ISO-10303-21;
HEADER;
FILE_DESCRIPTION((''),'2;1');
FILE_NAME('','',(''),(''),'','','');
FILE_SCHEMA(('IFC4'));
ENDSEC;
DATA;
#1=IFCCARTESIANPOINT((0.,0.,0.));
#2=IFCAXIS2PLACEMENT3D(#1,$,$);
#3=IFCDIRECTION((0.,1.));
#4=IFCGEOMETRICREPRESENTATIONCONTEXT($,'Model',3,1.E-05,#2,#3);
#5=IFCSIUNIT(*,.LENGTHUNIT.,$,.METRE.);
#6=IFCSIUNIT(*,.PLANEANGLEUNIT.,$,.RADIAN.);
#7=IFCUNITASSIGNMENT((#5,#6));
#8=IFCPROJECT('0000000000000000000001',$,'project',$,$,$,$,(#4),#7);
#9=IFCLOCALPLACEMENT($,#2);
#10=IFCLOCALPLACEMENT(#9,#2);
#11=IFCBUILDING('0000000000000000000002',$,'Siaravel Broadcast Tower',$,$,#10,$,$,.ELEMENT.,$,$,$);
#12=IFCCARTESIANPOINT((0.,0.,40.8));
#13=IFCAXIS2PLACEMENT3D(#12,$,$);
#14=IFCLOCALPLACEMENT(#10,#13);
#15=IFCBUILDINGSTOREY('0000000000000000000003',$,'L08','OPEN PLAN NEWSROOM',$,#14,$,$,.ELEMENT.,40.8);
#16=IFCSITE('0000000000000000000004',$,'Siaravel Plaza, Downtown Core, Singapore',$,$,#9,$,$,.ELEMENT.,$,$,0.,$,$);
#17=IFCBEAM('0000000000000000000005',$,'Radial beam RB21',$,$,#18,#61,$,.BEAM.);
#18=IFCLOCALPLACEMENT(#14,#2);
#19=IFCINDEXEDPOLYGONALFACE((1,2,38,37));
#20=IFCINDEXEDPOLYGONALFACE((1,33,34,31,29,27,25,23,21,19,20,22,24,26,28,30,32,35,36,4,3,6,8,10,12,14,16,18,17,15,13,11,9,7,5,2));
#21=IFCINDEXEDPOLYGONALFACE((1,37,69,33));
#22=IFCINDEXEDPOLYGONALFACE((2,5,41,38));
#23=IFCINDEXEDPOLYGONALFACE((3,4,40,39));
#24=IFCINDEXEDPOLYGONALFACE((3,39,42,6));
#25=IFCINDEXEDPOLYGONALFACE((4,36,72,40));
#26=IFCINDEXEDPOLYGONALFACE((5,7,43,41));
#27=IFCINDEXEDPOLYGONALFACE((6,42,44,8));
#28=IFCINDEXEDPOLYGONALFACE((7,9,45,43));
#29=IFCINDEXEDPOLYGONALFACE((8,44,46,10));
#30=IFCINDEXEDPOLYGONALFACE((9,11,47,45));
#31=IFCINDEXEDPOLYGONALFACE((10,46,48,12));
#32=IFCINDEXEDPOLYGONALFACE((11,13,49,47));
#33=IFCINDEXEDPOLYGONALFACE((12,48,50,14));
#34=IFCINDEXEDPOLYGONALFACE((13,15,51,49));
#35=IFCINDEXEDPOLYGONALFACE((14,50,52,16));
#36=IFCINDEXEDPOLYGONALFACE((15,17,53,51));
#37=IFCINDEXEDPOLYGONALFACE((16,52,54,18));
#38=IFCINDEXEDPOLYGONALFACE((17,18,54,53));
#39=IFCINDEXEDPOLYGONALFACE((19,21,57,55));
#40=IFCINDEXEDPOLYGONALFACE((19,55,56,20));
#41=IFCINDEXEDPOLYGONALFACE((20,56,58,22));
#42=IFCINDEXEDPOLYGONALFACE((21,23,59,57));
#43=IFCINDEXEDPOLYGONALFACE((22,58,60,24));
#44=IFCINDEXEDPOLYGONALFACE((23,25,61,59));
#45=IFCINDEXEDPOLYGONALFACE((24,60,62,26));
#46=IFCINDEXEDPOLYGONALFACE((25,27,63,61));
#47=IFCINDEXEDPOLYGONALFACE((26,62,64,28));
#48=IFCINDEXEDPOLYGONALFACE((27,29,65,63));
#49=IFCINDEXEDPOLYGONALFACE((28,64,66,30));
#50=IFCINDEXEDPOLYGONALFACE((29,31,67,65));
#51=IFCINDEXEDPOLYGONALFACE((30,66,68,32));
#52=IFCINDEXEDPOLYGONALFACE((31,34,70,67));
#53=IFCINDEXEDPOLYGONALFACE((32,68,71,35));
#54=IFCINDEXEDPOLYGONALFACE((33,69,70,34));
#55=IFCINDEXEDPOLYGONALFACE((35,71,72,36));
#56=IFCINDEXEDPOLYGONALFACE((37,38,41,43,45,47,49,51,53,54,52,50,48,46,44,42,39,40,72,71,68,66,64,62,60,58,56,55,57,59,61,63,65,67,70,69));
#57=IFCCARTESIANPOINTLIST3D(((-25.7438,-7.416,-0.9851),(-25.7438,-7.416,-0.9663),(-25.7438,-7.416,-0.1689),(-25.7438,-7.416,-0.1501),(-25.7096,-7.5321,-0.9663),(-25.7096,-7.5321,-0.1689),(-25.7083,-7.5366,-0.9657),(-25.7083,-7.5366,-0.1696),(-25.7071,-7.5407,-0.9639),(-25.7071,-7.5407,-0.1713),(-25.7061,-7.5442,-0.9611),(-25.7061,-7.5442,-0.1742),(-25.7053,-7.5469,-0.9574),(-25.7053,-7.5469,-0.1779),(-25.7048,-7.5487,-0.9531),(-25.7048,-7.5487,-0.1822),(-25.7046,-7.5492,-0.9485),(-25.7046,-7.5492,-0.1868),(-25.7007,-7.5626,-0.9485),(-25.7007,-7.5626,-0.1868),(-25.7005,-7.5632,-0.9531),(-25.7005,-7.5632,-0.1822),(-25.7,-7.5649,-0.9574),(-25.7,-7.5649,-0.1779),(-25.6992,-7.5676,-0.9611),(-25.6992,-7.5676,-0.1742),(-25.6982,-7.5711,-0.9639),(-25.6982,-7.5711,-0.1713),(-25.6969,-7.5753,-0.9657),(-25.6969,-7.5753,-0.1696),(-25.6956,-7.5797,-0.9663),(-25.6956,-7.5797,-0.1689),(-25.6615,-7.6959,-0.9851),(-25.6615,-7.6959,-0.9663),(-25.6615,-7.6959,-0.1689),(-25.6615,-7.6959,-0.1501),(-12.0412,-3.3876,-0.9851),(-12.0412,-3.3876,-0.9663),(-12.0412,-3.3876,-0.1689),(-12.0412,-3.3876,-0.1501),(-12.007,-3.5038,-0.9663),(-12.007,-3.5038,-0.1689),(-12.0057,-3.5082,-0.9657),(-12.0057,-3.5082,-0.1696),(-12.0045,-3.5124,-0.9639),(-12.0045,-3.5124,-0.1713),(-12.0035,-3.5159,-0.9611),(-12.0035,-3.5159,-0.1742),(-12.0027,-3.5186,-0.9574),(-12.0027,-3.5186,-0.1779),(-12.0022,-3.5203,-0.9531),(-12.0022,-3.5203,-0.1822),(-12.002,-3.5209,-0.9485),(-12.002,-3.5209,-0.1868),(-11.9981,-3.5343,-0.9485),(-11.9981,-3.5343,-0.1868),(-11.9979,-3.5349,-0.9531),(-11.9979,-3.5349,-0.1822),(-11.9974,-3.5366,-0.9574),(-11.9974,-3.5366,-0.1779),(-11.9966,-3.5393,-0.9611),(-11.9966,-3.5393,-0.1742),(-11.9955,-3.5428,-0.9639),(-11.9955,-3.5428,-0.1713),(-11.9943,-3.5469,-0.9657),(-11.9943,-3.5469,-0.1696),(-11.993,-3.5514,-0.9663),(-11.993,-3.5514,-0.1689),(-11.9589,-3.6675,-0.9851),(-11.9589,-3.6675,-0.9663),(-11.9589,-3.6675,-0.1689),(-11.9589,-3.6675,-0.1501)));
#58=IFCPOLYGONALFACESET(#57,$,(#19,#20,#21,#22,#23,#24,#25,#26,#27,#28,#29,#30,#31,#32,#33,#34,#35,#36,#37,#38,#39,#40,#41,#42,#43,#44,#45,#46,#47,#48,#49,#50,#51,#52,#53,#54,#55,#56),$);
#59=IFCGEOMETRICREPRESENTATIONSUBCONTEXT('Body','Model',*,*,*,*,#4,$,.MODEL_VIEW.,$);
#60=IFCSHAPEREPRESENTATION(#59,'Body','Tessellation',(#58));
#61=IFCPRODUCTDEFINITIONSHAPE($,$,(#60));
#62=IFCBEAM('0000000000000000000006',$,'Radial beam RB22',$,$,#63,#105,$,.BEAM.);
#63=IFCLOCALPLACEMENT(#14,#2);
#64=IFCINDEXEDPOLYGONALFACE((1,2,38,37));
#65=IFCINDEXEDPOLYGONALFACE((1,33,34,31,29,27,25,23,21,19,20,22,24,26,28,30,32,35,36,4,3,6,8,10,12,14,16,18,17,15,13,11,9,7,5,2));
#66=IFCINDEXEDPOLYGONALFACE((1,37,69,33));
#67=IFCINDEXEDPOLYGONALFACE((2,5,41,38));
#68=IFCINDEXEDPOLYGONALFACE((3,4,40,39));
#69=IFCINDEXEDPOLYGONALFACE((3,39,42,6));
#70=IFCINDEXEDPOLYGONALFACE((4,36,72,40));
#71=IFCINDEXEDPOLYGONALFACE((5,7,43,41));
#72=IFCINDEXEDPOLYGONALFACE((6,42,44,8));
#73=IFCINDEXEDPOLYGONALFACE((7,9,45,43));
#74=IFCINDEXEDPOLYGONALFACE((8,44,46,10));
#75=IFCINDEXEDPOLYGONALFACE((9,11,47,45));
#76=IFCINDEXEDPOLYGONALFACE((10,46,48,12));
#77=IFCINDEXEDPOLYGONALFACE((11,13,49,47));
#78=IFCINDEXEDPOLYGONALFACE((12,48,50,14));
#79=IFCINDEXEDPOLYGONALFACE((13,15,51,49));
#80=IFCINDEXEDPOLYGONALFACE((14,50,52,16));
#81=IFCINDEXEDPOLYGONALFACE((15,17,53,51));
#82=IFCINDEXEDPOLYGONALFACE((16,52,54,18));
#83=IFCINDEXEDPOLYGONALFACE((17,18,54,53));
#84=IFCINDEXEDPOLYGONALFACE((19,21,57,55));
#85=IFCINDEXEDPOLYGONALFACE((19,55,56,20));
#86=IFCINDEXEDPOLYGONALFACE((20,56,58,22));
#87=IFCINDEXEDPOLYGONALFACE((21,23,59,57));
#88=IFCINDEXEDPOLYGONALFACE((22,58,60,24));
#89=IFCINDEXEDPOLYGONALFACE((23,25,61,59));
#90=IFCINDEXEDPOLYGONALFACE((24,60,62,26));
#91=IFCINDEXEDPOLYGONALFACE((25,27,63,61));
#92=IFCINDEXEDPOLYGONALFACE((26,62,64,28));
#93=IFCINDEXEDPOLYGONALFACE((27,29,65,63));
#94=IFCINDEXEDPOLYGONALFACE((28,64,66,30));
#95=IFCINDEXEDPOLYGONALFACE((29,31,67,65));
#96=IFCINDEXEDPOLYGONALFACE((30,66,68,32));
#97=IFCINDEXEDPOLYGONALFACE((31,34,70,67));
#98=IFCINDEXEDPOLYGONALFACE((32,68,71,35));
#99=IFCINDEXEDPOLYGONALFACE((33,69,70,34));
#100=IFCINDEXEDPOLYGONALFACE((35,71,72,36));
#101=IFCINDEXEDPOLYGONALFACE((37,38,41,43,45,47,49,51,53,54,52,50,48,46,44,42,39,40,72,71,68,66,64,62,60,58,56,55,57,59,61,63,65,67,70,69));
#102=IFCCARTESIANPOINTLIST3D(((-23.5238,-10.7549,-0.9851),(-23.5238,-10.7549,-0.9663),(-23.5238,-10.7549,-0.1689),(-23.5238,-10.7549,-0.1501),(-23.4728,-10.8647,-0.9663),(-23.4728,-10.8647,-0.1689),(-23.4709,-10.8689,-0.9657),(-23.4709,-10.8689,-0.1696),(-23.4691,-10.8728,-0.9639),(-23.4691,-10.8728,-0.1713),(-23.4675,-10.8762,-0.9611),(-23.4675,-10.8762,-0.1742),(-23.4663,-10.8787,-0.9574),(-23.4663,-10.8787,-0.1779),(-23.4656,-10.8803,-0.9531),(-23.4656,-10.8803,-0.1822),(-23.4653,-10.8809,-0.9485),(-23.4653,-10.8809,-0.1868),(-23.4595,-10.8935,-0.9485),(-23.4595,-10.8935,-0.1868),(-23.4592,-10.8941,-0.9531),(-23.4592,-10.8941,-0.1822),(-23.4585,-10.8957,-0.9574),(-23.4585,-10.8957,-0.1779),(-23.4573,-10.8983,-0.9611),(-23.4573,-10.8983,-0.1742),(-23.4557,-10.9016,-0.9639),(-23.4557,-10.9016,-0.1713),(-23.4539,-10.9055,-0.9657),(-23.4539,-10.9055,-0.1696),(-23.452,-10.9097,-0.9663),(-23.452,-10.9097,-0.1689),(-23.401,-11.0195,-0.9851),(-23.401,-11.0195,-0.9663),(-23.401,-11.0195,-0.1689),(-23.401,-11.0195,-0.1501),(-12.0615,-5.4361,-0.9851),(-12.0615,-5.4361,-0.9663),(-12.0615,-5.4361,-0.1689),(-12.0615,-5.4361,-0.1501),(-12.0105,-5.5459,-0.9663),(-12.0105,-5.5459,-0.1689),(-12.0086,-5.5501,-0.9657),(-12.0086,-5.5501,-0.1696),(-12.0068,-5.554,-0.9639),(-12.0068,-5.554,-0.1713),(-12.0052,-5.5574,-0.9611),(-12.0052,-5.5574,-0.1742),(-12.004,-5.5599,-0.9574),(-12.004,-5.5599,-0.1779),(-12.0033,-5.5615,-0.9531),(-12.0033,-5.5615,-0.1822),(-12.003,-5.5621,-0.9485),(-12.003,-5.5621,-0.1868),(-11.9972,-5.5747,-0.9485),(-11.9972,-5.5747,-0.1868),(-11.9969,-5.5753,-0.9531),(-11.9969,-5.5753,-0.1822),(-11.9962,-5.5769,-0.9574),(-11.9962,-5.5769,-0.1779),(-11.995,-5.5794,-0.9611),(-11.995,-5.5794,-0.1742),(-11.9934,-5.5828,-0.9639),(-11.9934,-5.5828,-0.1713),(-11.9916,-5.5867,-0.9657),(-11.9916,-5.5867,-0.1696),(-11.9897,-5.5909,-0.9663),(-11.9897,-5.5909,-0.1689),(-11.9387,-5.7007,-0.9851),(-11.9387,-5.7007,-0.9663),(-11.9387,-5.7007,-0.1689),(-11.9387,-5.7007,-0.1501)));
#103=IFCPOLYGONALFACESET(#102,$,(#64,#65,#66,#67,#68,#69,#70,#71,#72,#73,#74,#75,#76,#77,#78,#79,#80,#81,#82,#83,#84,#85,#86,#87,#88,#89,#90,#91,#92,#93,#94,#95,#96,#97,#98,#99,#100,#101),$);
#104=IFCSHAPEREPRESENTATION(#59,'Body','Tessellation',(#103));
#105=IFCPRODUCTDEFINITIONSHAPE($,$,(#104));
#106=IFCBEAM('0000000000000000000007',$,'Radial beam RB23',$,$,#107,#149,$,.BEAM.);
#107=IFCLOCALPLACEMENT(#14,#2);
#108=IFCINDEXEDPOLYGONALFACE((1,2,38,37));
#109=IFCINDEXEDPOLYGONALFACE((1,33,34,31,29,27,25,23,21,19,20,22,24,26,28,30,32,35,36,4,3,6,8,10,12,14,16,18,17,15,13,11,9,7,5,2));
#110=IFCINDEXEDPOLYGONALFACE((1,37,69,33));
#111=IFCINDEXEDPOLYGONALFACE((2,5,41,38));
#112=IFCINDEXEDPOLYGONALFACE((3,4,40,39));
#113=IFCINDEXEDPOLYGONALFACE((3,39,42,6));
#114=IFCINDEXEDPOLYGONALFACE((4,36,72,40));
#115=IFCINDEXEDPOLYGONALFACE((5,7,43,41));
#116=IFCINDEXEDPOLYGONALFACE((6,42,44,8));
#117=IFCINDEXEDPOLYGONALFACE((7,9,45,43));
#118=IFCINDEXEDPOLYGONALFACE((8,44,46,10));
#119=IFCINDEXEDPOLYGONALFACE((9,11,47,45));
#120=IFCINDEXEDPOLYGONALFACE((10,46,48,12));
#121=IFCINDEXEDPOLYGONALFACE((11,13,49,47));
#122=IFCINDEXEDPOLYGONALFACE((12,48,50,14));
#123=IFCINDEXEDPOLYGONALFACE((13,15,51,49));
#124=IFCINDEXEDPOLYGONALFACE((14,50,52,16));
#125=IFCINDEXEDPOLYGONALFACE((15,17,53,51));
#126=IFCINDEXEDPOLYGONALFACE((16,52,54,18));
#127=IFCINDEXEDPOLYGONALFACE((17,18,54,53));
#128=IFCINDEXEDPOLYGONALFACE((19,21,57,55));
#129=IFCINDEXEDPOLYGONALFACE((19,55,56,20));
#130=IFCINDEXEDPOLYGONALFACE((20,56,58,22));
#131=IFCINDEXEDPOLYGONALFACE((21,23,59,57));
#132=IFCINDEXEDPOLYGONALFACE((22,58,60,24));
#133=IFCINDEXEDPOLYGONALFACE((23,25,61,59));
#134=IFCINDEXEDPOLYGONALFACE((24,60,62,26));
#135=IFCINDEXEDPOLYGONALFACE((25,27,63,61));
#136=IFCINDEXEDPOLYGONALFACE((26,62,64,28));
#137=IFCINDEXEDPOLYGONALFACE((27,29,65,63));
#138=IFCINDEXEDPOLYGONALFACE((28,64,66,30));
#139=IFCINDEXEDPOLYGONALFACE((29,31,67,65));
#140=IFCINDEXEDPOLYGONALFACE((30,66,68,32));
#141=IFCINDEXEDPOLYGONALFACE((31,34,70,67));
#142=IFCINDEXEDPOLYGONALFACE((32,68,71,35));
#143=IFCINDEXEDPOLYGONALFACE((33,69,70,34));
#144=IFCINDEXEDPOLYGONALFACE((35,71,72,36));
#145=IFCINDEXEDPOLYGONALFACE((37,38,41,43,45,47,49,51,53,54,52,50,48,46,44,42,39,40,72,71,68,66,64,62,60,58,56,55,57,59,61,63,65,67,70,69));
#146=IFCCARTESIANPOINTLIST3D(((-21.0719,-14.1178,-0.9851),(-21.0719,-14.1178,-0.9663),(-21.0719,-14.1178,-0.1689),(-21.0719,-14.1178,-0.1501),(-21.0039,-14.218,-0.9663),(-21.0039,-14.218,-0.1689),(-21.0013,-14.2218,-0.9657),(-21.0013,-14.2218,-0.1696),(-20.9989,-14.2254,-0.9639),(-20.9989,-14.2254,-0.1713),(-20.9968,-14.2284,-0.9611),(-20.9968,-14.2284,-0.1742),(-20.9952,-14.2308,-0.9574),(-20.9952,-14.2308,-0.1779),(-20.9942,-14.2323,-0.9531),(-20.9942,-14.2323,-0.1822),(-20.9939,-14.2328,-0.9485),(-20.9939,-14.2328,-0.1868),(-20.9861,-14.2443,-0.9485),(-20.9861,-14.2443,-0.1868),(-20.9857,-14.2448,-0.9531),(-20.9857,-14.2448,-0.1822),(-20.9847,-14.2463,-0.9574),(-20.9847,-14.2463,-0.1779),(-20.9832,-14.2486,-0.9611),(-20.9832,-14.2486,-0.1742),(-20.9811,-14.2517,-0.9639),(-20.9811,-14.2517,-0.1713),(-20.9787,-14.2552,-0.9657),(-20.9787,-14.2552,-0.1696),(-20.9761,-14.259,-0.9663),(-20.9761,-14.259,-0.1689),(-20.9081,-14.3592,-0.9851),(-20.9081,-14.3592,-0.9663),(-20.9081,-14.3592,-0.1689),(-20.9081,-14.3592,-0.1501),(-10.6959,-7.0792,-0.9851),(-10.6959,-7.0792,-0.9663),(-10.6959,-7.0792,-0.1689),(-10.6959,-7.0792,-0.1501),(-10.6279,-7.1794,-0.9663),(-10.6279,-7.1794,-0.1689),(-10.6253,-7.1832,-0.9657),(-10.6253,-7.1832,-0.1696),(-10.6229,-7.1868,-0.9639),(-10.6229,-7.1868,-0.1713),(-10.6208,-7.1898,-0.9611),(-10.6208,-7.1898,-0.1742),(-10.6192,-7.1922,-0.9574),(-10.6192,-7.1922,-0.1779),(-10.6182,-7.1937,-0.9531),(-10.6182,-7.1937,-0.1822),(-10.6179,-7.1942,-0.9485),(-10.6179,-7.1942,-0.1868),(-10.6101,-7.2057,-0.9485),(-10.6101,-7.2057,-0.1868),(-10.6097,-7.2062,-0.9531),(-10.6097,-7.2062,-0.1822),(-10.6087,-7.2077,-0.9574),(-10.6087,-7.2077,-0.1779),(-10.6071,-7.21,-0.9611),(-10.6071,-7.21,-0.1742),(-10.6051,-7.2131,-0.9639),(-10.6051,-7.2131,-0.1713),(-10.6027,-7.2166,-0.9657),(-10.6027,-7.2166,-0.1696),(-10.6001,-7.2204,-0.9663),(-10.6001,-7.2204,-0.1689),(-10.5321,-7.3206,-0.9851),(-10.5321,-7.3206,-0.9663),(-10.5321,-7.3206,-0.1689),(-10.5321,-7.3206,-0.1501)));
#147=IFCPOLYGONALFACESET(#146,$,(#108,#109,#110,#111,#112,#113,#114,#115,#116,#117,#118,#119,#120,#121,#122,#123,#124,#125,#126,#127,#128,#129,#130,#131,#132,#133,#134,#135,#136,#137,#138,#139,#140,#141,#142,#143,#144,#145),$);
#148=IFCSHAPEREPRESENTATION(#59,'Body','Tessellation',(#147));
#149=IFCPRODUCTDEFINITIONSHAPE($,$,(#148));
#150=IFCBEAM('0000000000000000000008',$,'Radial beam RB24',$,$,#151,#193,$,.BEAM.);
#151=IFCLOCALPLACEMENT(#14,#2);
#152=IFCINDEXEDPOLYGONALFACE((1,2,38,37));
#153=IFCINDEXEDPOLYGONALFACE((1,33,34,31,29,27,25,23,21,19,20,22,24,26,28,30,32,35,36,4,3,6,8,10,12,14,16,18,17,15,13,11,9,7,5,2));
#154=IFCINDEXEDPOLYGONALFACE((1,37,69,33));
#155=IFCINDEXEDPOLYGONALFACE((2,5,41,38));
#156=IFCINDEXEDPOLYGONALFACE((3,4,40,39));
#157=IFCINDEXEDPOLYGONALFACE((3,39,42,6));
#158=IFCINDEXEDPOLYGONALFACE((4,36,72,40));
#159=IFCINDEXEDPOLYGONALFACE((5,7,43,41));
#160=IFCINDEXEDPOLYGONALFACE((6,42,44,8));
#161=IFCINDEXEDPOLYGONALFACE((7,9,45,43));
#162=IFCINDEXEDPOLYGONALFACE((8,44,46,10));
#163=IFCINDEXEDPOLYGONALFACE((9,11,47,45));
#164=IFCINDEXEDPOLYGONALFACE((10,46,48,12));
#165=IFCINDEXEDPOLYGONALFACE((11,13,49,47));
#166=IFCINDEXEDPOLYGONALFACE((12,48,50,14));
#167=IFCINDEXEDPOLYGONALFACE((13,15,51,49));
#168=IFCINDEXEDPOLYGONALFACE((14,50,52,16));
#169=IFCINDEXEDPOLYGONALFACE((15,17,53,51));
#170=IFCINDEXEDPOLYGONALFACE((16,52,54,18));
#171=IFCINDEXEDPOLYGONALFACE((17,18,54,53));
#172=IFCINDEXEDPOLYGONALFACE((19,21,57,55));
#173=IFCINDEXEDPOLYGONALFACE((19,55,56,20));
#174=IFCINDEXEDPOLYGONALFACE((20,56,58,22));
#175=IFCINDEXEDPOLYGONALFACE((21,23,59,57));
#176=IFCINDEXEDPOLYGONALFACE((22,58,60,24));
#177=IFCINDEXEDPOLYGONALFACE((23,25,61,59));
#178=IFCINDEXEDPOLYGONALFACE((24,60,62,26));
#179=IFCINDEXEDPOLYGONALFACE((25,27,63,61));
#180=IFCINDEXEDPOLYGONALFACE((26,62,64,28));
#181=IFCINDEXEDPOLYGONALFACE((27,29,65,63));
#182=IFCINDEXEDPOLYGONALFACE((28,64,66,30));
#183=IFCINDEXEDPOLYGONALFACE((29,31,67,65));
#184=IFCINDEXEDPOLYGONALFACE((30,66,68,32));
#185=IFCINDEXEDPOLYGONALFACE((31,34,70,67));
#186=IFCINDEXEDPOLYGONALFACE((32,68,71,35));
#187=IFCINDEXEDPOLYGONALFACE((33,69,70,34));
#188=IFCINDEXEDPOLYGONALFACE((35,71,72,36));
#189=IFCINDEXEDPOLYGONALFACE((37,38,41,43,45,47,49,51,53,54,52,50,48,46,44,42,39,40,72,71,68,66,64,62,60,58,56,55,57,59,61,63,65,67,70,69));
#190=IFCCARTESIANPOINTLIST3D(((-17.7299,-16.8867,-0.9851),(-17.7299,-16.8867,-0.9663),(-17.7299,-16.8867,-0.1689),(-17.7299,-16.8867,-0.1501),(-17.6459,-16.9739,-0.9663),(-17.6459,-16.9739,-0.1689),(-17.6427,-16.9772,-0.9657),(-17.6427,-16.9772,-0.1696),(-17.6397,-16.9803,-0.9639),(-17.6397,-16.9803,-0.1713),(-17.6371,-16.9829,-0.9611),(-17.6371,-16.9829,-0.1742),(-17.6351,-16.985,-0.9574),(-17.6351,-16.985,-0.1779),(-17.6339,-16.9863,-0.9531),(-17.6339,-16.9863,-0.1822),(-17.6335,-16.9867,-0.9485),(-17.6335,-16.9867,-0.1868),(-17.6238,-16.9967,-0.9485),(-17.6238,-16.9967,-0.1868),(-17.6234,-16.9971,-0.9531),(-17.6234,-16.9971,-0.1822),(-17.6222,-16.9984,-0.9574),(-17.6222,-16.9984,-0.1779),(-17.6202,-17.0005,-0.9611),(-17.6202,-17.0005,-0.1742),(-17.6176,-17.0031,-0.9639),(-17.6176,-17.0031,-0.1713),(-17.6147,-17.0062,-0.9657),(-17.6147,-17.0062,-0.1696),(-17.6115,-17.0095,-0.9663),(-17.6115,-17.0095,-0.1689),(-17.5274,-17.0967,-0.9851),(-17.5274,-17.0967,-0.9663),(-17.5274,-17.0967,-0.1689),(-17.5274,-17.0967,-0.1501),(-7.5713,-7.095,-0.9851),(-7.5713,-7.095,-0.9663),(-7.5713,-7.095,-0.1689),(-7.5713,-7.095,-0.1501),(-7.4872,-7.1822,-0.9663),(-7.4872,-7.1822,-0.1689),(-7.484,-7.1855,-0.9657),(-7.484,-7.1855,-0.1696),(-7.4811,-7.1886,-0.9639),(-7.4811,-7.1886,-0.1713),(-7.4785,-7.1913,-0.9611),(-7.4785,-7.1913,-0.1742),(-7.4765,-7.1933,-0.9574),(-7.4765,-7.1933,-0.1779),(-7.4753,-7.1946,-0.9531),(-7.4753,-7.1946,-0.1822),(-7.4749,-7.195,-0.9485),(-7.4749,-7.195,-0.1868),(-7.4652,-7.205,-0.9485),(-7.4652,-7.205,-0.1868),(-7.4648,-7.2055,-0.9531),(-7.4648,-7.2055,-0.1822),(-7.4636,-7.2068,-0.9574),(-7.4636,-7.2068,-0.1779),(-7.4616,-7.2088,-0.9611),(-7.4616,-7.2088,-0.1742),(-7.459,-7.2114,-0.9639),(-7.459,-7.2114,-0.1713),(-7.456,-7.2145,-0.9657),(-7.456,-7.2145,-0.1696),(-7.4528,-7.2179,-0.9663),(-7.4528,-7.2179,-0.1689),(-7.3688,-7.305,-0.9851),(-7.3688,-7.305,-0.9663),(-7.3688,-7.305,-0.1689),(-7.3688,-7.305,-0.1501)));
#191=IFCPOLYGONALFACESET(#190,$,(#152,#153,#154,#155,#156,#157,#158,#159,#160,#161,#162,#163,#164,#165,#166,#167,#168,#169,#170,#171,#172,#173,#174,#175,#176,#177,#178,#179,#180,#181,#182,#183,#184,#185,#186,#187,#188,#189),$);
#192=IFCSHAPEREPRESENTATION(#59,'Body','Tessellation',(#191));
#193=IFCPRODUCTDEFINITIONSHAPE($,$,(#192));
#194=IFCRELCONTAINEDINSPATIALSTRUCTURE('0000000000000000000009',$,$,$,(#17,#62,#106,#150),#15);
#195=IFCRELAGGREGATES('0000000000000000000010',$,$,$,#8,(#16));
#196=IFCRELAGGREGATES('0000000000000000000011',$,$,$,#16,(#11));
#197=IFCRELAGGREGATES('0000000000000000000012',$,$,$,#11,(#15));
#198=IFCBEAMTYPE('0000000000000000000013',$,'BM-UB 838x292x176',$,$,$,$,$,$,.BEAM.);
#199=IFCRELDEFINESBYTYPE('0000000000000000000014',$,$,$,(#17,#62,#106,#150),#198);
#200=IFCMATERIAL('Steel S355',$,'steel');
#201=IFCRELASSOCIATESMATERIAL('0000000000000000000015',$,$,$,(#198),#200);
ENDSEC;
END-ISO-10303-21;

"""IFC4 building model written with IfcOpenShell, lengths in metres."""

from ifc_helpers import new_model, si_unit, direction, frame, origin, origin_2d, place, context, subcontext, project, spatial, i_section, extrude, material, material_profile, profile_set, type_object, element, save


model = new_model("IFC4")

# Units and contexts
model_context = context("Model", 3, precision=1e-05, world=origin(), true_north=direction((0.0, 1.0)))
body_context = subcontext(model_context, "Body", "Model", "MODEL_VIEW")
ifc_project = project(units=[si_unit("LENGTHUNIT", "METRE"), si_unit("PLANEANGLEUNIT", "RADIAN")], contexts=[model_context])

# Site, building, storey
site_placement = place(None, origin())
site = spatial("IfcSite", under=ifc_project, at=site_placement, Name="Siaravel Plaza, Downtown Core, Singapore", CompositionType="ELEMENT", RefElevation=0.0)
building_placement = place(site_placement, origin())
building = spatial("IfcBuilding", under=site, at=building_placement, Name="Siaravel Broadcast Tower", CompositionType="ELEMENT")
storey_placement = place(building_placement, frame((0.0, 0.0, 40.8)))
storey = spatial("IfcBuildingStorey", under=building, at=storey_placement, Name="L08", Description="OPEN PLAN NEWSROOM", CompositionType="ELEMENT", Elevation=40.8)

# Beams
ifc_material_1 = material(Name="Steel S355", Category="steel")
ifc_material_profile_1 = material_profile(ifc_material_1, i_section(OverallWidth=0.2917, OverallDepth=0.835, WebThickness=0.0139, FlangeThickness=0.0188, FilletRadius=0.0178, at=origin_2d()))
ifc_profile_set_1 = profile_set([ifc_material_profile_1], Name="Steel S355")
beam_type = type_object("IfcBeamType", Name="BM-UB 838x292x176", PredefinedType="BEAM", material=ifc_profile_set_1)
beam_1_placement = place(storey_placement, frame((-25.7026, -7.5559, -0.5676), z_axis=(0.959401, 0.282046, 0.0), x_axis=(-0.282046, 0.959401, 0.0)))
element("IfcBeam", 1, at=beam_1_placement, inside=storey, type_object=beam_type, Name="Radial beam RB21", PredefinedType="BEAM", context=body_context, shape_type="SweptSolid", body=[
    extrude(i_section(OverallWidth=0.2917, OverallDepth=0.835, WebThickness=0.0139, FlangeThickness=0.0188, FilletRadius=0.0178, at=origin_2d()), origin(), (0.0, 0.0, 1.0), 14.2825),
])
beam_2_placement = place(storey_placement, frame((-23.4624, -10.8872, -0.5676), z_axis=(0.907099, 0.420917, 0.0), x_axis=(-0.420917, 0.907099, 0.0)))
element("IfcBeam", 2, at=beam_2_placement, inside=storey, type_object=beam_type, Name="Radial beam RB22", PredefinedType="BEAM", context=body_context, shape_type="SweptSolid", body=[
    extrude(i_section(OverallWidth=0.2917, OverallDepth=0.835, WebThickness=0.0139, FlangeThickness=0.0188, FilletRadius=0.0178, at=origin_2d()), origin(), (0.0, 0.0, 1.0), 12.6362),
])
beam_3_placement = place(storey_placement, frame((-20.99, -14.2385, -0.5676), z_axis=(0.82756, 0.561378, 0.0), x_axis=(-0.561378, 0.82756, 0.0)))
element("IfcBeam", 3, at=beam_3_placement, inside=storey, type_object=beam_type, Name="Radial beam RB23", PredefinedType="BEAM", context=body_context, shape_type="SweptSolid", body=[
    extrude(i_section(OverallWidth=0.2917, OverallDepth=0.835, WebThickness=0.0139, FlangeThickness=0.0188, FilletRadius=0.0178, at=origin_2d()), origin(), (0.0, 0.0, 1.0), 12.5381),
])
beam_4_placement = place(storey_placement, frame((-17.6287, -16.9917, -0.5676), z_axis=(0.719991, 0.693984, 0.0), x_axis=(-0.693984, 0.719991, 0.0)))
element("IfcBeam", 4, at=beam_4_placement, inside=storey, type_object=beam_type, Name="Radial beam RB24", PredefinedType="BEAM", context=body_context, shape_type="SweptSolid", body=[
    extrude(i_section(OverallWidth=0.2917, OverallDepth=0.835, WebThickness=0.0139, FlangeThickness=0.0188, FilletRadius=0.0178, at=origin_2d()), origin(), (0.0, 0.0, 1.0), 14.1094),
])

save(model, "model.ifc")
